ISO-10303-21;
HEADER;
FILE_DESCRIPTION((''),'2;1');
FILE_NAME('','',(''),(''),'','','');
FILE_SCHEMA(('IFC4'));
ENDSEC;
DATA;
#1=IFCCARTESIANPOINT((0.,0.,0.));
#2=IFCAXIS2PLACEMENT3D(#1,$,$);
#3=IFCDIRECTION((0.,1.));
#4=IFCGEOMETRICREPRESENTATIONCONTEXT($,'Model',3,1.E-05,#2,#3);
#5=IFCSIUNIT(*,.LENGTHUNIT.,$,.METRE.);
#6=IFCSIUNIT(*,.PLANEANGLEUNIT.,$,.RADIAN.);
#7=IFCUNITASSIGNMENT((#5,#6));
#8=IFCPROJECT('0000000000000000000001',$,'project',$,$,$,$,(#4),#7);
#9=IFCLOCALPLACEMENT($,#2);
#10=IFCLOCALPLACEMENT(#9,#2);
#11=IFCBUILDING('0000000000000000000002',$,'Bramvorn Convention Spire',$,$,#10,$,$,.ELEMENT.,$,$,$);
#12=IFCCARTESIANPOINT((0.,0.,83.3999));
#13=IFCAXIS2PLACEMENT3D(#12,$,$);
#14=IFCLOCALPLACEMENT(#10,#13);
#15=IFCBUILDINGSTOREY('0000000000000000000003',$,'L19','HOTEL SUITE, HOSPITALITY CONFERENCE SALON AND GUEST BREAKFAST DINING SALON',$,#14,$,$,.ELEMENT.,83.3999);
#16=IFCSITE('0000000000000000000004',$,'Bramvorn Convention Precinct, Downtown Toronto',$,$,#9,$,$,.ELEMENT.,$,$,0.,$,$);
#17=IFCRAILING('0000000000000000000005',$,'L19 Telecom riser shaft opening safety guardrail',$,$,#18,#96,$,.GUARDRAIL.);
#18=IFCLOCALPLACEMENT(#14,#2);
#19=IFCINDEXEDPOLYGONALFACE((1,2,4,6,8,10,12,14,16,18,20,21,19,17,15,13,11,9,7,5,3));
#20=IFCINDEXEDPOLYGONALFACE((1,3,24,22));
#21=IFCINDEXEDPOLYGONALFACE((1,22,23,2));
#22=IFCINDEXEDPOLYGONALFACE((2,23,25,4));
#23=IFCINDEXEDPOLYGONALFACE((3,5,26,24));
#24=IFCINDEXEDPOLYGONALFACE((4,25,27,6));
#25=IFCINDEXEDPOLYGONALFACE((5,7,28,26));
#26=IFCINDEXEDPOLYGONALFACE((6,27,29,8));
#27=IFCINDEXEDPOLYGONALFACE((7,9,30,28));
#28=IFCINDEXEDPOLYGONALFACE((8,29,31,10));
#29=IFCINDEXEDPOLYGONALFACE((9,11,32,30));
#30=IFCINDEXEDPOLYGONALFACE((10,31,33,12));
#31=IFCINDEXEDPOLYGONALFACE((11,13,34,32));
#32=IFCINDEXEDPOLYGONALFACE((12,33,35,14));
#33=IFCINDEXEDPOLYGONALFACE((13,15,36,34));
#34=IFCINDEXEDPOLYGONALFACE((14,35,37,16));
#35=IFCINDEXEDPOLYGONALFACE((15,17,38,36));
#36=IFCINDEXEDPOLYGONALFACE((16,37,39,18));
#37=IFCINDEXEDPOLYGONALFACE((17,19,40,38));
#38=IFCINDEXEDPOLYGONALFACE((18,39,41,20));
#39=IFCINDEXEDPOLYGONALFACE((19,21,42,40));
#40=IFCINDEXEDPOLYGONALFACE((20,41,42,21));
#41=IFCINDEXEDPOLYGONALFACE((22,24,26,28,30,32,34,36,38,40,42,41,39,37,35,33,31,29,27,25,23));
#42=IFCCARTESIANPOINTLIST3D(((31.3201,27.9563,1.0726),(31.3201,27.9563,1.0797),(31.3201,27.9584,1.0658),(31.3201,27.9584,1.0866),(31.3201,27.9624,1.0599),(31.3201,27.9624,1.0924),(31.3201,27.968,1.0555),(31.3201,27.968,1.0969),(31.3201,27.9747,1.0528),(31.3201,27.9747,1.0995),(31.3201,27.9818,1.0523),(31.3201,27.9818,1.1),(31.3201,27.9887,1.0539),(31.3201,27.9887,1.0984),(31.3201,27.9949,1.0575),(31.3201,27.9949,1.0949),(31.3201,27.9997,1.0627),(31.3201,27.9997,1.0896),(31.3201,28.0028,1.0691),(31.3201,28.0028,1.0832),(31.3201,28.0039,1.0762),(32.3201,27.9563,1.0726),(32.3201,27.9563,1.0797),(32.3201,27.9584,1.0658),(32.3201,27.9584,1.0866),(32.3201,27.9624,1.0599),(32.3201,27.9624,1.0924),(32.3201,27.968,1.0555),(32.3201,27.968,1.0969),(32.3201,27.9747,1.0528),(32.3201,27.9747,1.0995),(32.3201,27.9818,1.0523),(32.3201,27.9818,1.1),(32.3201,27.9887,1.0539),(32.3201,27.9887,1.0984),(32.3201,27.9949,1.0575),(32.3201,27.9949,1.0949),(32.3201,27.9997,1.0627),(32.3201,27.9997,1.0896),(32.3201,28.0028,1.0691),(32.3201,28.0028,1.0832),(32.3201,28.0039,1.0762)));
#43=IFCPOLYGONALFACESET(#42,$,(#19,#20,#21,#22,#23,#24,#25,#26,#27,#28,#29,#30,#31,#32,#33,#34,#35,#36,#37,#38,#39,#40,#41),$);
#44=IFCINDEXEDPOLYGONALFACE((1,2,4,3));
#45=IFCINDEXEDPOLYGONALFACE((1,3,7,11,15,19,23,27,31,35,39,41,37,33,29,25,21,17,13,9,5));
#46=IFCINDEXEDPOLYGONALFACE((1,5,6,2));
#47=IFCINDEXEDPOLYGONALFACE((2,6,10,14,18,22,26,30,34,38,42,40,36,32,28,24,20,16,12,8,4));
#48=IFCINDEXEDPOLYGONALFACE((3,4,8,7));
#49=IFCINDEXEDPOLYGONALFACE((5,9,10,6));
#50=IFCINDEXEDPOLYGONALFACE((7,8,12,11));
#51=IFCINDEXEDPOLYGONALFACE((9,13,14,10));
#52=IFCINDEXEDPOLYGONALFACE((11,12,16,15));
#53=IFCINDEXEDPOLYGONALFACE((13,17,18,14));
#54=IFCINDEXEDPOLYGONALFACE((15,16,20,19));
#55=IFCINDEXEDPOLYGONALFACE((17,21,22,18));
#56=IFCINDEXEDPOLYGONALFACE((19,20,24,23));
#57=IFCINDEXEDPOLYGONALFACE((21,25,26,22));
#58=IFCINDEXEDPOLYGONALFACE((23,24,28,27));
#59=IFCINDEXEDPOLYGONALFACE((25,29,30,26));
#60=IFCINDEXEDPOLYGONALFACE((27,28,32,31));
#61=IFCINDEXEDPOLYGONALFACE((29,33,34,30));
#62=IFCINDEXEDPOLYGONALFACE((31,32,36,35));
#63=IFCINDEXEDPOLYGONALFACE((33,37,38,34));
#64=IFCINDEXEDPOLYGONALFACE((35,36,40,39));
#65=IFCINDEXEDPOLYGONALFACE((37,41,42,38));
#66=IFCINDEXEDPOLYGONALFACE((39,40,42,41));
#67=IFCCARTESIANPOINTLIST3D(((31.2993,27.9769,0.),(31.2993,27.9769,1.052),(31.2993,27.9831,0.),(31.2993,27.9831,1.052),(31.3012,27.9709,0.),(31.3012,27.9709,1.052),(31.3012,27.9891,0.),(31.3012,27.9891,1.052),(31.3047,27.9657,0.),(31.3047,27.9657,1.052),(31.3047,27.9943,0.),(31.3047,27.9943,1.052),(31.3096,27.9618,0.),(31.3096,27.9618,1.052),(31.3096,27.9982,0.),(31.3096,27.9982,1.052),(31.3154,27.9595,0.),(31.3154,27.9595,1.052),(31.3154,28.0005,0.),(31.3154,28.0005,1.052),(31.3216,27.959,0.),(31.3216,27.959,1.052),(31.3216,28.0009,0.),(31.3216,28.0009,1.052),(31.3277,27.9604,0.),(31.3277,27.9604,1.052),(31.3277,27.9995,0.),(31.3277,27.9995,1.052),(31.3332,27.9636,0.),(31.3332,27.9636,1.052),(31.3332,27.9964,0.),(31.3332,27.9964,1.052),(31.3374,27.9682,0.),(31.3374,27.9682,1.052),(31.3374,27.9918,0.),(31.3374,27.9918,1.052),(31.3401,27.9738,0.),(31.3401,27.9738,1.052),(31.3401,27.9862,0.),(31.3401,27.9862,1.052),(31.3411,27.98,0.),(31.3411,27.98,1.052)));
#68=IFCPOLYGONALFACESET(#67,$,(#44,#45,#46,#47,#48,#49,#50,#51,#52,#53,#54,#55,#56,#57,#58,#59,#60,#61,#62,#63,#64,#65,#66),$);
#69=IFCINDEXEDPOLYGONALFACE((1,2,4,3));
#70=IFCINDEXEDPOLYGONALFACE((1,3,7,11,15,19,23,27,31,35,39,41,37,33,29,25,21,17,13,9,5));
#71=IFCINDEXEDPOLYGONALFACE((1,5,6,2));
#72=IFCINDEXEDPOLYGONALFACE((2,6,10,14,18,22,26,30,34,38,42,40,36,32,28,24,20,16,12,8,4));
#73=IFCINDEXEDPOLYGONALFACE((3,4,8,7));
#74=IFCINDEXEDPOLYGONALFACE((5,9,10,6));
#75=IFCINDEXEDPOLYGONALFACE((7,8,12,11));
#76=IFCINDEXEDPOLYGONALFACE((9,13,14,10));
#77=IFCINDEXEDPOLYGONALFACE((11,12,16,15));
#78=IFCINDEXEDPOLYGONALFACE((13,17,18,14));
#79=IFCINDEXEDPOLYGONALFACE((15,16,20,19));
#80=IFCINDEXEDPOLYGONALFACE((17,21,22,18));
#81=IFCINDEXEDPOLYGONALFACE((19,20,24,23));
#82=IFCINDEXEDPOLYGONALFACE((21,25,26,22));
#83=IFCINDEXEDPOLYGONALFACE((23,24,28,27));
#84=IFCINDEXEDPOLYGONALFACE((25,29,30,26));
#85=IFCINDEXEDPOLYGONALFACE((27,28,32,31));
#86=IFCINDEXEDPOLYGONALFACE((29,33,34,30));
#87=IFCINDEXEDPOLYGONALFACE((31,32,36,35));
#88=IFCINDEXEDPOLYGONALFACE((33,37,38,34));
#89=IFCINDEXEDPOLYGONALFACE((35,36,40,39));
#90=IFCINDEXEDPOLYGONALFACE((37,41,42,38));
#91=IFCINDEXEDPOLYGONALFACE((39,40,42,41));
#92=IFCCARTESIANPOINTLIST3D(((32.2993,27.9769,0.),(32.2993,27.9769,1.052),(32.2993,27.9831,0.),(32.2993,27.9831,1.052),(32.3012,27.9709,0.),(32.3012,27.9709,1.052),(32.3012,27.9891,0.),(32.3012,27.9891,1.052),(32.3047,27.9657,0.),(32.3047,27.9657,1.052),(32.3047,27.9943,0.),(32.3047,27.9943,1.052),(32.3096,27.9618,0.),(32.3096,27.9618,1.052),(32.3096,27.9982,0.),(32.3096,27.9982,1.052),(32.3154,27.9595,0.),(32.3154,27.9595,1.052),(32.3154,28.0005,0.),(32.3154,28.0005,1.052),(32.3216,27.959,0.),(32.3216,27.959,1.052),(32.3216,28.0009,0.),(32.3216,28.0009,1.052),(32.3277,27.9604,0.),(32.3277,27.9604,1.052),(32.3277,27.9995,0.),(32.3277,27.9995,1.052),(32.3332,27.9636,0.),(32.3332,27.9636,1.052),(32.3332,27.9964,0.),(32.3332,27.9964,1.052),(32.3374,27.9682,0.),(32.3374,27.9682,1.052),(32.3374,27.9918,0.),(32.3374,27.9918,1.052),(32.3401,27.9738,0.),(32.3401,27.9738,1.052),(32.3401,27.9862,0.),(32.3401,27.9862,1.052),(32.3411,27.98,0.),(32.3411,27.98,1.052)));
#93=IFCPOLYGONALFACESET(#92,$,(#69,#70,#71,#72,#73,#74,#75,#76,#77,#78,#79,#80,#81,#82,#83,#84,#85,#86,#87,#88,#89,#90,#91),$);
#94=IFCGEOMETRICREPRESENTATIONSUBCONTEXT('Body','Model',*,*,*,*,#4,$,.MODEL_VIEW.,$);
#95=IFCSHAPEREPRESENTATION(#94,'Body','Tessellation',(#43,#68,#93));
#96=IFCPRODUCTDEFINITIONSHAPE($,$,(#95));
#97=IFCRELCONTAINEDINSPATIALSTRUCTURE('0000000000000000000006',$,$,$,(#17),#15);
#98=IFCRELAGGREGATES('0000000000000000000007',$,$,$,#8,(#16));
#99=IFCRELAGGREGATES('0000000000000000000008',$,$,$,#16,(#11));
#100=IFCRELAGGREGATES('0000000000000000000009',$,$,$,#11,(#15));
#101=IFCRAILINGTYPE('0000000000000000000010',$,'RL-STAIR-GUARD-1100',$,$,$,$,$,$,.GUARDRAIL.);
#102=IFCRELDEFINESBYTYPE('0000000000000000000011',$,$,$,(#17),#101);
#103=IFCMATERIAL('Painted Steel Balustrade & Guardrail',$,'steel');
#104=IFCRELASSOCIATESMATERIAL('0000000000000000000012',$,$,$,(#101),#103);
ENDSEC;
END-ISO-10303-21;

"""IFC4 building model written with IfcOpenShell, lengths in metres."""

from ifc_helpers import new_model, si_unit, direction, frame, origin, origin_2d, place, context, subcontext, project, spatial, circle, extrude, material, type_object, element, save


model = new_model("IFC4")

# Units and contexts
model_context = context("Model", 3, precision=1e-05, world=origin(), true_north=direction((0.0, 1.0)))
body_context = subcontext(model_context, "Body", "Model", "MODEL_VIEW")
ifc_project = project(units=[si_unit("LENGTHUNIT", "METRE"), si_unit("PLANEANGLEUNIT", "RADIAN")], contexts=[model_context])

# Site, building, storey
site_placement = place(None, origin())
site = spatial("IfcSite", under=ifc_project, at=site_placement, Name="Bramvorn Convention Precinct, Downtown Toronto", CompositionType="ELEMENT", RefElevation=0.0)
building_placement = place(site_placement, origin())
building = spatial("IfcBuilding", under=site, at=building_placement, Name="Bramvorn Convention Spire", CompositionType="ELEMENT")
storey_placement = place(building_placement, frame((0.0, 0.0, 83.3999)))
storey = spatial("IfcBuildingStorey", under=building, at=storey_placement, Name="L19", Description="HOTEL SUITE, HOSPITALITY CONFERENCE SALON AND GUEST BREAKFAST DINING SALON", CompositionType="ELEMENT", Elevation=83.3999)

# Railing
ifc_material_1 = material(Name="Painted Steel Balustrade & Guardrail", Category="steel")
railing_type_1 = type_object("IfcRailingType", Name="RL-STAIR-GUARD-1100", PredefinedType="GUARDRAIL", material=ifc_material_1)
railing_1_placement = place(storey_placement, frame((31.3201, 27.98, 0.0)))
element("IfcRailing", 1, at=railing_1_placement, inside=storey, type_object=railing_type_1, Name="L19 Telecom riser shaft opening safety guardrail", PredefinedType="GUARDRAIL", context=body_context, shape_type="SweptSolid", body=[
    extrude(circle(Radius=0.0239, at=origin_2d()), frame((0.0, 0.0, 1.0762), z_axis=(1.0, 0.0, 0.0), x_axis=(0.0, 1.0, 0.0)), (0.0, 0.0, 1.0), 1.0),
    extrude(circle(Radius=0.021, at=origin_2d()), origin(), (0.0, 0.0, 1.0), 1.052),
    extrude(circle(Radius=0.021, at=origin_2d()), frame((1.0, 0.0, 0.0)), (0.0, 0.0, 1.0), 1.052),
])

save(model, "model.ifc")
